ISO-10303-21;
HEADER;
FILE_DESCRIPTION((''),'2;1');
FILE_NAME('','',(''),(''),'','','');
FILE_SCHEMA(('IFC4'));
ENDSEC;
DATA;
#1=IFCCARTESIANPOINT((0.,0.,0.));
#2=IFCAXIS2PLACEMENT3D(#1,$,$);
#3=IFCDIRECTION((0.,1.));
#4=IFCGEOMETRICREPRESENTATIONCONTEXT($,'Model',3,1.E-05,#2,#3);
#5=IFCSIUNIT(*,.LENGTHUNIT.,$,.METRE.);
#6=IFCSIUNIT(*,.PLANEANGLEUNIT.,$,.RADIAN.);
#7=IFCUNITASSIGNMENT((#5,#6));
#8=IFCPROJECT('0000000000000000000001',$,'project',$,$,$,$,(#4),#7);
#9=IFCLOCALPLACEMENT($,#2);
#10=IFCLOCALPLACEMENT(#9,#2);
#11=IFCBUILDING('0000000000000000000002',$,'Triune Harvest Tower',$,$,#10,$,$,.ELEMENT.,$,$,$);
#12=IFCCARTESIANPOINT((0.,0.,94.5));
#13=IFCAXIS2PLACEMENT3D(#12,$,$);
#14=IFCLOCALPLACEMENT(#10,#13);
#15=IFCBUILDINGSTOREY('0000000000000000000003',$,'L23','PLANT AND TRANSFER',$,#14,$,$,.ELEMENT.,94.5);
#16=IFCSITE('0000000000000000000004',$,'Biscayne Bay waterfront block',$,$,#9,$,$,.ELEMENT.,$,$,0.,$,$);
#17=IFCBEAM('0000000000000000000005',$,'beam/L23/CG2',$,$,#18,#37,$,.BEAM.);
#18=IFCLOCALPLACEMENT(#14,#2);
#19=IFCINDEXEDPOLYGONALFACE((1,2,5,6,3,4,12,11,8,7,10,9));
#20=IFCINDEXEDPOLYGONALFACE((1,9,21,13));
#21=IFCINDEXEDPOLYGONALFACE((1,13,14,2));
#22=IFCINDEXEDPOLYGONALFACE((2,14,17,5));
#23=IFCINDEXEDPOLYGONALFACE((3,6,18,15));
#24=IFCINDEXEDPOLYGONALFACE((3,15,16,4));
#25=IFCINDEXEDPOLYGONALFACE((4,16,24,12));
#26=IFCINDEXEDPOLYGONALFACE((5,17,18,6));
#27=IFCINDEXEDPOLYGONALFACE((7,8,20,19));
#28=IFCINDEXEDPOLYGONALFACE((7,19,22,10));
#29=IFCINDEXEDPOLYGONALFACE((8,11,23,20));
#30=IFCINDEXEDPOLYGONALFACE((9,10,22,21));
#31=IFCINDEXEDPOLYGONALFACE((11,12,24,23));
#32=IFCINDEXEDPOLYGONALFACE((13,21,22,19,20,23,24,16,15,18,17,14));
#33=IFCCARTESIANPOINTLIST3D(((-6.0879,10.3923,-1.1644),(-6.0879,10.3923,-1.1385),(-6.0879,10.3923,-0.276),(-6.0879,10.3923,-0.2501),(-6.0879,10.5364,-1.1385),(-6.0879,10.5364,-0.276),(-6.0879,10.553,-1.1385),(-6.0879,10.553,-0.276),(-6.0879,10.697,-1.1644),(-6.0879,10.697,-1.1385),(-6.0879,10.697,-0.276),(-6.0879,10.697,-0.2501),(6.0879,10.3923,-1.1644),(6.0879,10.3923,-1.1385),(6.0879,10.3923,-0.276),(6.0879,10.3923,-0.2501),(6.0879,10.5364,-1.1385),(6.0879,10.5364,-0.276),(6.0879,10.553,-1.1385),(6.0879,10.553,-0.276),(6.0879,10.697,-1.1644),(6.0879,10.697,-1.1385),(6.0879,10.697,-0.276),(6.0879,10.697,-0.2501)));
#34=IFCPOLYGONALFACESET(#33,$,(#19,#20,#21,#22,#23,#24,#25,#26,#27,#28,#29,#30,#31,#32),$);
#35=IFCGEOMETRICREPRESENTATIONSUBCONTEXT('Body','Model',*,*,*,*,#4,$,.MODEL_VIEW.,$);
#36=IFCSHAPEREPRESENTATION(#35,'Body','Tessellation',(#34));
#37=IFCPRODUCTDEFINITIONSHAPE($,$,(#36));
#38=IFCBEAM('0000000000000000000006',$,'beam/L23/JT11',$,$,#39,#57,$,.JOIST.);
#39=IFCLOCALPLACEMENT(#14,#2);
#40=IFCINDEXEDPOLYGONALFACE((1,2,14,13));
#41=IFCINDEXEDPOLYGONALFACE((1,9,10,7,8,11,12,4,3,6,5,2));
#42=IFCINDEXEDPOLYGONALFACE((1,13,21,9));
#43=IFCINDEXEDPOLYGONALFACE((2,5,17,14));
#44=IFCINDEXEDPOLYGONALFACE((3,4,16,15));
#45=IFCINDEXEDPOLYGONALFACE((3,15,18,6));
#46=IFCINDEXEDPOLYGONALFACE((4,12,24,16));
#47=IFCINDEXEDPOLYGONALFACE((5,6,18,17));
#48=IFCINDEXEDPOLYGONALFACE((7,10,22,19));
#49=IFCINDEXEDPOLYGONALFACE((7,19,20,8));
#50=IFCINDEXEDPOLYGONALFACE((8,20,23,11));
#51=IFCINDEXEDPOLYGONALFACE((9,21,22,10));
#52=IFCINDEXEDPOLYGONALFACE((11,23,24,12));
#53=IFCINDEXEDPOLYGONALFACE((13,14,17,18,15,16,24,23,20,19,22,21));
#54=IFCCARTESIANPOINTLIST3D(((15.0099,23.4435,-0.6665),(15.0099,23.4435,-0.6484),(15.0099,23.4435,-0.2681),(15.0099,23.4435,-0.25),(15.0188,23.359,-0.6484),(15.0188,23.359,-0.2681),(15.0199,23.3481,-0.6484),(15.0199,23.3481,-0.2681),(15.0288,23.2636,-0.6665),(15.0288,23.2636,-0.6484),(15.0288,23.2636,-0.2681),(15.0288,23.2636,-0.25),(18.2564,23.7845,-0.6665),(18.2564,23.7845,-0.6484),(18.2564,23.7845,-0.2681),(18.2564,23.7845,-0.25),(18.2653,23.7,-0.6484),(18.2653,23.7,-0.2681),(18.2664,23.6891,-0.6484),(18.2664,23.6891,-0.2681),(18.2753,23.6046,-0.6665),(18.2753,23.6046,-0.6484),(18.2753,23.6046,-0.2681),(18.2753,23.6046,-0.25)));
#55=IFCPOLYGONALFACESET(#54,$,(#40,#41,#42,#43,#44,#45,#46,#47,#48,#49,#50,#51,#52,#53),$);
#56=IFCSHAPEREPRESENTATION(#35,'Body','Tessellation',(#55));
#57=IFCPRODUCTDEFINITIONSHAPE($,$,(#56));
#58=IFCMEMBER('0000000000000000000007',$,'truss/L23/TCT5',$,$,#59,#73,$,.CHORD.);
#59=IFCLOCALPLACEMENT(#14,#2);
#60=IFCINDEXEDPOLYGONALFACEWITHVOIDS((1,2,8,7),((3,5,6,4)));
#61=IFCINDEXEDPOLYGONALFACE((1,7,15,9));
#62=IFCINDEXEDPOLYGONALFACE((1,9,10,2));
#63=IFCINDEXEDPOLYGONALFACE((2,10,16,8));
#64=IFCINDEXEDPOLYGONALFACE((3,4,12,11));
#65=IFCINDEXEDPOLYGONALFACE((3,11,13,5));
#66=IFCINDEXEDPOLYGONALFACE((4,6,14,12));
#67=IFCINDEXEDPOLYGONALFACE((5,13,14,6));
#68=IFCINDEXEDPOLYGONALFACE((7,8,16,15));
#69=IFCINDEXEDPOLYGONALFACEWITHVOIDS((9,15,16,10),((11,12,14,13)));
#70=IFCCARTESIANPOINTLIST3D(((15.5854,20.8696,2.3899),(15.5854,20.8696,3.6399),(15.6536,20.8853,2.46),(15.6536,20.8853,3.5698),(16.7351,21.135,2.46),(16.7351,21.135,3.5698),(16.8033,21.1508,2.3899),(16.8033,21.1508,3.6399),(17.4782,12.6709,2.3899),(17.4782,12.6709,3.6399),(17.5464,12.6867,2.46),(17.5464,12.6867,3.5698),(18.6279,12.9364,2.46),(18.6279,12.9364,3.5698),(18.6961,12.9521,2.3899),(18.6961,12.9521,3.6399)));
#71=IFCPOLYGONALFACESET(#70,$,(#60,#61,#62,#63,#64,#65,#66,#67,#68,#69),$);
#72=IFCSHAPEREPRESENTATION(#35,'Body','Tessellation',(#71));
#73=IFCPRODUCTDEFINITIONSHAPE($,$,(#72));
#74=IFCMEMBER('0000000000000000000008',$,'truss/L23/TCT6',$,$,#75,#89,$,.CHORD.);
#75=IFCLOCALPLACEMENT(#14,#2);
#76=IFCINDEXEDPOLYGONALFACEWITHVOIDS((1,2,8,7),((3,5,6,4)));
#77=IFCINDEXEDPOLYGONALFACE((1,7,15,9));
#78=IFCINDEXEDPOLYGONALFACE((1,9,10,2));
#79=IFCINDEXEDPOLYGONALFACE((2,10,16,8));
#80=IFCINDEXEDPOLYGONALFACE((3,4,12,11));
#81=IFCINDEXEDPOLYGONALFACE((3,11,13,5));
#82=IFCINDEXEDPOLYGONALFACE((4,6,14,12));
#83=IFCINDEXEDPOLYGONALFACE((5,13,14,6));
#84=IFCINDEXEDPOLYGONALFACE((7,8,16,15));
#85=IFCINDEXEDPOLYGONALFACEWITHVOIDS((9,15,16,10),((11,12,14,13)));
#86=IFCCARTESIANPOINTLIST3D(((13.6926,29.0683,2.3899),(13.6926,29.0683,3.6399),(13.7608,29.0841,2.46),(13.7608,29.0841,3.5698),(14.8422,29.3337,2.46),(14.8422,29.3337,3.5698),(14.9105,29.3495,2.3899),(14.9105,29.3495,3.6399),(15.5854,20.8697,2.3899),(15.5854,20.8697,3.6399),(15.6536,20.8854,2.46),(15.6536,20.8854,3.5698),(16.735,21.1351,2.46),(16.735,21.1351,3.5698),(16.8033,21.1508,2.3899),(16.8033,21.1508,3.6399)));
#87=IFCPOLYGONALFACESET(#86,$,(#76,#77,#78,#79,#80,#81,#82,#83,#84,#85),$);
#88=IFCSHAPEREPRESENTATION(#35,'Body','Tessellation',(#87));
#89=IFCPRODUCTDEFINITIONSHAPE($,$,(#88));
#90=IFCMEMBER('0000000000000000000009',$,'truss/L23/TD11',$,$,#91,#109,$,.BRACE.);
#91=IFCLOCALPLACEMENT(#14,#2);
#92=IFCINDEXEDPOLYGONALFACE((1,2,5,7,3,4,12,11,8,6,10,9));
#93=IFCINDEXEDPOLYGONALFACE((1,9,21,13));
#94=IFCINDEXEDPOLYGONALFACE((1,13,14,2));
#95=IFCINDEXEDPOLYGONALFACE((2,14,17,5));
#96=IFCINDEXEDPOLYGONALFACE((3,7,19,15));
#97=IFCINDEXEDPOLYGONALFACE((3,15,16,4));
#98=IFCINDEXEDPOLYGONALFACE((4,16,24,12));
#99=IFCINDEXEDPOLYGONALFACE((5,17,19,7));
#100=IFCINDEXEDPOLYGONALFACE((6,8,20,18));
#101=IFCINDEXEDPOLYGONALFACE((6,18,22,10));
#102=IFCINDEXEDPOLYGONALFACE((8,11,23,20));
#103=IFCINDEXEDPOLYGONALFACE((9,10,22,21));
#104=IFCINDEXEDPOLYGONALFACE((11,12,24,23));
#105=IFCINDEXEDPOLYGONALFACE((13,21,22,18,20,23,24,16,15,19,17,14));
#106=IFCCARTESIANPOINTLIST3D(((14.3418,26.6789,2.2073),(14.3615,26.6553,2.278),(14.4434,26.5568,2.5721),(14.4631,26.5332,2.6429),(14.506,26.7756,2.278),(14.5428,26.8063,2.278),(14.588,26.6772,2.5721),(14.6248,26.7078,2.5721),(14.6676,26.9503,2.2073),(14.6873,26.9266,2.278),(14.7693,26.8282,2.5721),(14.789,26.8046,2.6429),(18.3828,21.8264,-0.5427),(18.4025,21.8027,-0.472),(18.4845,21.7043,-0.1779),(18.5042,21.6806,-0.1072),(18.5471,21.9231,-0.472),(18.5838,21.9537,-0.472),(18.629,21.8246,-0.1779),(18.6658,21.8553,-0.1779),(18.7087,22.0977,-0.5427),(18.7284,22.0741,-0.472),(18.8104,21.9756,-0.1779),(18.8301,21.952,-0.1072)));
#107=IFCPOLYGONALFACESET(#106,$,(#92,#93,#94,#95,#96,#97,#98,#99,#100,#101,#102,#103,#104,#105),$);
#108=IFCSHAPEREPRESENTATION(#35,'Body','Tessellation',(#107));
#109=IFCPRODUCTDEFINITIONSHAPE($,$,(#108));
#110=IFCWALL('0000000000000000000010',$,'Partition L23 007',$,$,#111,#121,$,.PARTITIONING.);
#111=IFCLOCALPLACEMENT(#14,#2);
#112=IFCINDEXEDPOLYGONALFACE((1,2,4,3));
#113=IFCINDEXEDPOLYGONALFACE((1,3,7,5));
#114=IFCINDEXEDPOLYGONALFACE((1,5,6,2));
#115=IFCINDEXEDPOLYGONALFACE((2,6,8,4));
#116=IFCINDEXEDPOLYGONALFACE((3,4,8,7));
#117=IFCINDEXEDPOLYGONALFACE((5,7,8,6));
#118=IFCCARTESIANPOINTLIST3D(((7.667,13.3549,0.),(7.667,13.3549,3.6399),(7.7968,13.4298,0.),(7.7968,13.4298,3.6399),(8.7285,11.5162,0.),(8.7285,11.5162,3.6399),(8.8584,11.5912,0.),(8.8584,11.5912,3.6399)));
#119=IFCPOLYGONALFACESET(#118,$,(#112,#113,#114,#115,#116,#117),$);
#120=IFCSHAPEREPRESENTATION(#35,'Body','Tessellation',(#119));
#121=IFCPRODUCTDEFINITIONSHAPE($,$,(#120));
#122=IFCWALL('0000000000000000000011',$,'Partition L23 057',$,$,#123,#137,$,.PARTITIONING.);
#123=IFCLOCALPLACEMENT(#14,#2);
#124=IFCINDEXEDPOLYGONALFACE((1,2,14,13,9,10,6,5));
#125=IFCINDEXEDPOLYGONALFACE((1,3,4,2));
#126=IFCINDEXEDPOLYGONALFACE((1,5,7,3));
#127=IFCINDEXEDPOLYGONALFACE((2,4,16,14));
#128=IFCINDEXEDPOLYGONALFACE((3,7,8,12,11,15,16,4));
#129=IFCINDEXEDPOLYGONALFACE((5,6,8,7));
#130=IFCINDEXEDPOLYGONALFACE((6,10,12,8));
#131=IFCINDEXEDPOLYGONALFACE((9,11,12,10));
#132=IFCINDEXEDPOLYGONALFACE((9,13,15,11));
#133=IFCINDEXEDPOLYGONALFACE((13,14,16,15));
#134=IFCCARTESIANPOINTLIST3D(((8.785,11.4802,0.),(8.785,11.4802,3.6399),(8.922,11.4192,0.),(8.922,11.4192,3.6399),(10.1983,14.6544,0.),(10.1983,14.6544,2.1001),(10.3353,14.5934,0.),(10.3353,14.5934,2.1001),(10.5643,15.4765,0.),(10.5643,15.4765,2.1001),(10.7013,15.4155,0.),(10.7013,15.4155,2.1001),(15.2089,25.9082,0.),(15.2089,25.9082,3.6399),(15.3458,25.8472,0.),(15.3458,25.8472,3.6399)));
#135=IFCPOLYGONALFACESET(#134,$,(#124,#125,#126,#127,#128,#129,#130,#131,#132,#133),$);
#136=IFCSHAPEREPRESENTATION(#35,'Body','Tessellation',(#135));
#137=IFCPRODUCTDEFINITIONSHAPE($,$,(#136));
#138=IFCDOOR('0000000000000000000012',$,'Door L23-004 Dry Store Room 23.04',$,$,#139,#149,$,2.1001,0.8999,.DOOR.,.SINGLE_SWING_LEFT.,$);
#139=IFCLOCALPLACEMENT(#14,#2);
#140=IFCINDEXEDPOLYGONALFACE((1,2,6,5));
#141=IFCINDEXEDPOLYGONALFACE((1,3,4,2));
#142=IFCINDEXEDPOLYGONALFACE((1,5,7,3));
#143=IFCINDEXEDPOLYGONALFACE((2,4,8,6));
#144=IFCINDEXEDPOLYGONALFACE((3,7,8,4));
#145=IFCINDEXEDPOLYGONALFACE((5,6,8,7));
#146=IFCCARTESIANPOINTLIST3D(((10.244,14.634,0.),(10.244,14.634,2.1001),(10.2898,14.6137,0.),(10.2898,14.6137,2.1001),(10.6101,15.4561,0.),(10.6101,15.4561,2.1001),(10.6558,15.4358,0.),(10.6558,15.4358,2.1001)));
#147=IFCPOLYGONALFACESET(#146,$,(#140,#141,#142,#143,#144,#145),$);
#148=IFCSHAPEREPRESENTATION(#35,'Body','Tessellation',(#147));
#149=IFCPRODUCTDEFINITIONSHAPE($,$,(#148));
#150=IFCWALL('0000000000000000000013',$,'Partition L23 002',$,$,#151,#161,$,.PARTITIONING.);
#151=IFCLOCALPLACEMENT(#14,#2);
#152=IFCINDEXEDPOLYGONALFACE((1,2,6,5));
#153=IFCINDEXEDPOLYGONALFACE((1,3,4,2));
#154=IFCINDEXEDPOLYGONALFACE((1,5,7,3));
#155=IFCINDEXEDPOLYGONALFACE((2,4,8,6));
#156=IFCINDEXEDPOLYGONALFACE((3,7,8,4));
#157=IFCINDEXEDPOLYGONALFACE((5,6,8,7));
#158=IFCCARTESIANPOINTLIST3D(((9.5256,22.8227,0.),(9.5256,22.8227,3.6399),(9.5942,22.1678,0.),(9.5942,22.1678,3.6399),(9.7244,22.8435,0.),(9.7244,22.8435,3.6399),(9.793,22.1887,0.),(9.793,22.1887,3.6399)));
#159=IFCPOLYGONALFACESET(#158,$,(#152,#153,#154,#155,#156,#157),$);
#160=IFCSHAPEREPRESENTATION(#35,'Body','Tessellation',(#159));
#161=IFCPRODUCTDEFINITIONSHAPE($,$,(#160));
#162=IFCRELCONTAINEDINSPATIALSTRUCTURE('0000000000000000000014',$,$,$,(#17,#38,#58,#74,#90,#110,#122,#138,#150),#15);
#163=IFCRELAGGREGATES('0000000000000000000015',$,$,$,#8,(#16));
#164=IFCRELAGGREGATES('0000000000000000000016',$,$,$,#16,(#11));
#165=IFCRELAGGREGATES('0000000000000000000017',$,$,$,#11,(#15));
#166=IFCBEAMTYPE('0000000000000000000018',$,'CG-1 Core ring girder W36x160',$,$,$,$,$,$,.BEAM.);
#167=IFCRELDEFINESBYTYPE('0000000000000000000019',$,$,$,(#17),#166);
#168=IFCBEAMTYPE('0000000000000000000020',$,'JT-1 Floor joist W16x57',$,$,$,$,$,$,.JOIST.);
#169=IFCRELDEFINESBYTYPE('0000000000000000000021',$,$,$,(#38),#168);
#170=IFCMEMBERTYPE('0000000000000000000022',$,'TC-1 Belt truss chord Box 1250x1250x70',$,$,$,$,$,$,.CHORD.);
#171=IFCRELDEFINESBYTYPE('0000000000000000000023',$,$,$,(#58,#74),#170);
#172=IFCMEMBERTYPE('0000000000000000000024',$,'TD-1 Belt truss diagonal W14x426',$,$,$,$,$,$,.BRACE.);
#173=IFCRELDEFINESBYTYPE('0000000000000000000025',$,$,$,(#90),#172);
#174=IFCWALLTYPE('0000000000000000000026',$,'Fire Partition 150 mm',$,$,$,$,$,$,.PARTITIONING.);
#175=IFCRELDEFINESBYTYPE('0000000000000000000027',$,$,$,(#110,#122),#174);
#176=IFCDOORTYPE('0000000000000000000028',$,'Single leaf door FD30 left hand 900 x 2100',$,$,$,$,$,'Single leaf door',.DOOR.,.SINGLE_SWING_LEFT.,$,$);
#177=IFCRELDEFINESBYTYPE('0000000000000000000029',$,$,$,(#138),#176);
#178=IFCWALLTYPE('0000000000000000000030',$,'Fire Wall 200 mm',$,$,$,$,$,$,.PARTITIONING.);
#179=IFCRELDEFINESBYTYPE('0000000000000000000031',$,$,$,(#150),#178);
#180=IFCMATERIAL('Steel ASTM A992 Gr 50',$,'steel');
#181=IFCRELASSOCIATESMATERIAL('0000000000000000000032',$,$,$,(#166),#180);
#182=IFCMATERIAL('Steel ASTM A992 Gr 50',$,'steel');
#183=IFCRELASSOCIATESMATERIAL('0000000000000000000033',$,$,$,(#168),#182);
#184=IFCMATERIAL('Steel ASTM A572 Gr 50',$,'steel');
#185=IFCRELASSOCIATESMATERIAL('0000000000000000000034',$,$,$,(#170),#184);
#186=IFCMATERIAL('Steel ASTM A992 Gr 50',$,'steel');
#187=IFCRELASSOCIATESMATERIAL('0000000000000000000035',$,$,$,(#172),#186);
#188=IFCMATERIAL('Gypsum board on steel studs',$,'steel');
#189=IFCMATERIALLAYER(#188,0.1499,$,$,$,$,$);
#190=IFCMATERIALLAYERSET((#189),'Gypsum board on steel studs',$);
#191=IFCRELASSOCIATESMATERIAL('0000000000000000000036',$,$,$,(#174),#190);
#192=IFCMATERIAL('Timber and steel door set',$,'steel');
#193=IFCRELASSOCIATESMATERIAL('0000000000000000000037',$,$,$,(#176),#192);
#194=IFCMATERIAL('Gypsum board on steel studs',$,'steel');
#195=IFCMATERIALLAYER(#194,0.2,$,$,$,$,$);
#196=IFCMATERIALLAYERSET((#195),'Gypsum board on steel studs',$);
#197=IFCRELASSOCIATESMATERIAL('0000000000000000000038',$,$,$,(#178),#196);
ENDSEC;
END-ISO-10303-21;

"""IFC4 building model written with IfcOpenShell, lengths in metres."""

from ifc_helpers import new_model, si_unit, direction, frame, frame_2d, origin, origin_2d, place, context, subcontext, project, spatial, rectangle, hollow_rectangle, i_section, extrude, source, transform, mapped, material, layer, layer_set, material_profile, profile_set, type_object, element, fill, save


model = new_model("IFC4")

# Units and contexts
model_context = context("Model", 3, precision=1e-05, world=origin(), true_north=direction((0.0, 1.0)))
body_context = subcontext(model_context, "Body", "Model", "MODEL_VIEW")
ifc_project = project(units=[si_unit("LENGTHUNIT", "METRE"), si_unit("PLANEANGLEUNIT", "RADIAN")], contexts=[model_context])

# Site, building, storey
site_placement = place(None, origin())
site = spatial("IfcSite", under=ifc_project, at=site_placement, Name="Biscayne Bay waterfront block", CompositionType="ELEMENT", RefElevation=0.0)
building_placement = place(site_placement, origin())
building = spatial("IfcBuilding", under=site, at=building_placement, Name="Triune Harvest Tower", CompositionType="ELEMENT")
storey_placement = place(building_placement, frame((0.0, 0.0, 94.5)))
storey = spatial("IfcBuildingStorey", under=building, at=storey_placement, Name="L23", Description="PLANT AND TRANSFER", CompositionType="ELEMENT", Elevation=94.5)

# Beams
ifc_material_1 = material(Name="Steel ASTM A992 Gr 50", Category="steel")
ifc_material_profile_1 = material_profile(ifc_material_1, i_section(OverallWidth=0.3047, OverallDepth=0.9143, WebThickness=0.0166, FlangeThickness=0.0259, at=origin_2d()), Name="W36x160")
ifc_profile_set_1 = profile_set([ifc_material_profile_1], Name="Steel ASTM A992 Gr 50")
beam_type_1 = type_object("IfcBeamType", Name="CG-1 Core ring girder W36x160", PredefinedType="BEAM", material=ifc_profile_set_1)
shared_shape_1 = source(origin(), body_context, "Body", "SweptSolid", [
    extrude(i_section(OverallWidth=0.3047, OverallDepth=0.9143, WebThickness=0.0166, FlangeThickness=0.0259, at=origin_2d()), origin(), (0.0, 0.0, 1.0), 12.1758),
])
beam_1_placement = place(storey_placement, frame((6.0879, 10.5447, -0.7073), z_axis=(-1.0, 0.0, 0.0), x_axis=(0.0, -1.0, 0.0)))
element("IfcBeam", 1, at=beam_1_placement, inside=storey, type_object=beam_type_1, Name="beam/L23/CG2", PredefinedType="BEAM", context=body_context, shape_type="MappedRepresentation", body=[
    mapped(shared_shape_1, transform((0.0, 0.0, 0.0), scale=1.0)),
])
ifc_material_2 = material(Name="Steel ASTM A992 Gr 50", Category="steel")
ifc_material_profile_2 = material_profile(ifc_material_2, i_section(OverallWidth=0.1809, OverallDepth=0.4165, WebThickness=0.011, FlangeThickness=0.0181, at=origin_2d()), Name="W16x57")
ifc_profile_set_2 = profile_set([ifc_material_profile_2], Name="Steel ASTM A992 Gr 50")
beam_type_2 = type_object("IfcBeamType", Name="JT-1 Floor joist W16x57", PredefinedType="JOIST", material=ifc_profile_set_2)
shared_shape_2 = source(origin(), body_context, "Body", "SweptSolid", [
    extrude(i_section(OverallWidth=0.1809, OverallDepth=0.4165, WebThickness=0.011, FlangeThickness=0.0181, at=origin_2d()), origin(), (0.0, 0.0, 1.0), 3.2644),
])
beam_2_placement = place(storey_placement, frame((18.2659, 23.6946, -0.4583), z_axis=(-0.994527, -0.104478, 0.0), x_axis=(0.104478, -0.994527, 0.0)))
element("IfcBeam", 2, at=beam_2_placement, inside=storey, type_object=beam_type_2, Name="beam/L23/JT11", PredefinedType="JOIST", context=body_context, shape_type="MappedRepresentation", body=[
    mapped(shared_shape_2, transform((0.0, 0.0, 0.0), scale=1.0)),
])

# Members
ifc_material_3 = material(Name="Steel ASTM A572 Gr 50", Category="steel")
ifc_material_profile_3 = material_profile(ifc_material_3, hollow_rectangle(XDim=1.25, YDim=1.25, WallThickness=0.0701, at=origin_2d()), Name="Box 1250x1250x70")
ifc_profile_set_3 = profile_set([ifc_material_profile_3], Name="Steel ASTM A572 Gr 50")
member_type_1 = type_object("IfcMemberType", Name="TC-1 Belt truss chord Box 1250x1250x70", PredefinedType="CHORD", material=ifc_profile_set_3)
shared_shape_3 = source(origin(), body_context, "Body", "SweptSolid", [
    extrude(hollow_rectangle(XDim=1.25, YDim=1.25, WallThickness=0.0701, at=origin_2d()), origin(), (0.0, 0.0, 1.0), 8.4143),
])
for number, where, z_axis, x_axis, name in (
    (3, (18.0872, 12.8115, 3.0149), (-0.224951, 0.97437, 0.0), (-0.97437, -0.224951, 0.0), "truss/L23/TCT5"),
    (4, (16.1943, 21.0103, 3.0149), (-0.224951, 0.97437, 0.0), (-0.97437, -0.224951, 0.0), "truss/L23/TCT6"),
):
    element("IfcMember", number, at=place(storey_placement, frame(where, z_axis=z_axis, x_axis=x_axis)), inside=storey, type_object=member_type_1, Name=name, PredefinedType="CHORD", context=body_context, shape_type="MappedRepresentation", body=[
        mapped(shared_shape_3, transform((0.0, 0.0, 0.0), scale=1.0)),
    ])
ifc_material_4 = material(Name="Steel ASTM A992 Gr 50", Category="steel")
ifc_material_profile_4 = material_profile(ifc_material_4, i_section(OverallWidth=0.4241, OverallDepth=0.4751, WebThickness=0.0479, FlangeThickness=0.0771, at=origin_2d()), Name="W14x426")
ifc_profile_set_4 = profile_set([ifc_material_profile_4], Name="Steel ASTM A992 Gr 50")
member_type_2 = type_object("IfcMemberType", Name="TD-1 Belt truss diagonal W14x426", PredefinedType="BRACE", material=ifc_profile_set_4)
shared_shape_4 = source(origin(), body_context, "Body", "SweptSolid", [
    extrude(i_section(OverallWidth=0.4241, OverallDepth=0.4751, WebThickness=0.0479, FlangeThickness=0.0771, at=origin_2d()), origin(), (0.0, 0.0, 1.0), 6.8877),
])
member_placement = place(storey_placement, frame((18.6064, 21.8892, -0.325), z_axis=(-0.586706, 0.70453, 0.399267), x_axis=(-0.768437, -0.639926, 0.0)))
element("IfcMember", 5, at=member_placement, inside=storey, type_object=member_type_2, Name="truss/L23/TD11", PredefinedType="BRACE", context=body_context, shape_type="MappedRepresentation", body=[
    mapped(shared_shape_4, transform((0.0, 0.0, 0.0), scale=1.0)),
])

# Wall
ifc_material_5 = material(Name="Gypsum board on steel studs", Category="steel")
ifc_layer_1 = layer(ifc_material_5, 0.1499)
ifc_layer_set_1 = layer_set([ifc_layer_1], Name="Gypsum board on steel studs")
wall_type_1 = type_object("IfcWallType", Name="Fire Partition 150 mm", PredefinedType="PARTITIONING", material=ifc_layer_set_1)
wall_1_placement = place(storey_placement, frame((7.7319, 13.3923, 0.0), z_axis=(0.0, 0.0, 1.0), x_axis=(0.499998, -0.866027, 0.0)))
element("IfcWall", 6, at=wall_1_placement, inside=storey, type_object=wall_type_1, Name="Partition L23 007", PredefinedType="PARTITIONING", context=body_context, shape_type="SweptSolid", body=[
    extrude(rectangle(XDim=2.123, YDim=0.1499, at=frame_2d((1.0615, 0.0))), origin(), (0.0, 0.0, 1.0), 3.6399),
])

# Wall, opening, door
wall_2_placement = place(storey_placement, frame((8.8535, 11.4497, 0.0), z_axis=(0.0, 0.0, 1.0), x_axis=(0.406741, 0.913544, 0.0)))
wall_2 = element("IfcWall", 7, at=wall_2_placement, inside=storey, type_object=wall_type_1, Name="Partition L23 057", PredefinedType="PARTITIONING", context=body_context, shape_type="SweptSolid", body=[
    extrude(rectangle(XDim=15.7935, YDim=0.1499, at=frame_2d((7.8967, 0.0))), origin(), (0.0, 0.0, 1.0), 3.6399),
])
opening_1_placement = place(wall_2_placement, frame((3.4746, 0.0, 0.0)))
opening_1 = element("IfcOpeningElement", 8, at=opening_1_placement, cuts=wall_2, PredefinedType="OPENING", context=body_context, shape_type="SweptSolid", body=[
    extrude(rectangle(XDim=0.8999, YDim=2.1001, at=frame_2d((0.45, 1.05))), frame((0.0, 0.085, 0.0), z_axis=(0.0, -1.0, 0.0), x_axis=(1.0, 0.0, 0.0)), (0.0, 0.0, 1.0), 0.1699),
])
ifc_material_6 = material(Name="Timber and steel door set", Category="steel")
door_type_1 = type_object("IfcDoorType", Name="Single leaf door FD30 left hand 900 x 2100", ElementType="Single leaf door", OperationType="SINGLE_SWING_LEFT", PredefinedType="DOOR", material=ifc_material_6)
door_1_placement = place(opening_1_placement, origin())
door_1 = element("IfcDoor", 9, at=door_1_placement, inside=storey, type_object=door_type_1, Name="Door L23-004 Dry Store Room 23.04", OperationType="SINGLE_SWING_LEFT", OverallHeight=2.1001, OverallWidth=0.8999, PredefinedType="DOOR", context=body_context, shape_type="SweptSolid", body=[
    extrude(rectangle(XDim=0.8999, YDim=2.1001, at=frame_2d((0.45, 1.05))), frame((0.0, 0.0249, 0.0), z_axis=(0.0, -1.0, 0.0), x_axis=(1.0, 0.0, 0.0)), (0.0, 0.0, 1.0), 0.05),
])
fill(opening_1, door_1)

# Wall
ifc_material_7 = material(Name="Gypsum board on steel studs", Category="steel")
ifc_layer_2 = layer(ifc_material_7, 0.2)
ifc_layer_set_2 = layer_set([ifc_layer_2], Name="Gypsum board on steel studs")
wall_type_2 = type_object("IfcWallType", Name="Fire Wall 200 mm", PredefinedType="PARTITIONING", material=ifc_layer_set_2)
wall_3_placement = place(storey_placement, frame((9.625, 22.833, 0.0), z_axis=(0.0, 0.0, 1.0), x_axis=(0.104202, -0.994556, 0.0)))
element("IfcWall", 10, at=wall_3_placement, inside=storey, type_object=wall_type_2, Name="Partition L23 002", PredefinedType="PARTITIONING", context=body_context, shape_type="SweptSolid", body=[
    extrude(rectangle(XDim=0.6584, YDim=0.2, at=frame_2d((0.3291, 0.0))), origin(), (0.0, 0.0, 1.0), 3.6399),
])

save(model, "model.ifc")
